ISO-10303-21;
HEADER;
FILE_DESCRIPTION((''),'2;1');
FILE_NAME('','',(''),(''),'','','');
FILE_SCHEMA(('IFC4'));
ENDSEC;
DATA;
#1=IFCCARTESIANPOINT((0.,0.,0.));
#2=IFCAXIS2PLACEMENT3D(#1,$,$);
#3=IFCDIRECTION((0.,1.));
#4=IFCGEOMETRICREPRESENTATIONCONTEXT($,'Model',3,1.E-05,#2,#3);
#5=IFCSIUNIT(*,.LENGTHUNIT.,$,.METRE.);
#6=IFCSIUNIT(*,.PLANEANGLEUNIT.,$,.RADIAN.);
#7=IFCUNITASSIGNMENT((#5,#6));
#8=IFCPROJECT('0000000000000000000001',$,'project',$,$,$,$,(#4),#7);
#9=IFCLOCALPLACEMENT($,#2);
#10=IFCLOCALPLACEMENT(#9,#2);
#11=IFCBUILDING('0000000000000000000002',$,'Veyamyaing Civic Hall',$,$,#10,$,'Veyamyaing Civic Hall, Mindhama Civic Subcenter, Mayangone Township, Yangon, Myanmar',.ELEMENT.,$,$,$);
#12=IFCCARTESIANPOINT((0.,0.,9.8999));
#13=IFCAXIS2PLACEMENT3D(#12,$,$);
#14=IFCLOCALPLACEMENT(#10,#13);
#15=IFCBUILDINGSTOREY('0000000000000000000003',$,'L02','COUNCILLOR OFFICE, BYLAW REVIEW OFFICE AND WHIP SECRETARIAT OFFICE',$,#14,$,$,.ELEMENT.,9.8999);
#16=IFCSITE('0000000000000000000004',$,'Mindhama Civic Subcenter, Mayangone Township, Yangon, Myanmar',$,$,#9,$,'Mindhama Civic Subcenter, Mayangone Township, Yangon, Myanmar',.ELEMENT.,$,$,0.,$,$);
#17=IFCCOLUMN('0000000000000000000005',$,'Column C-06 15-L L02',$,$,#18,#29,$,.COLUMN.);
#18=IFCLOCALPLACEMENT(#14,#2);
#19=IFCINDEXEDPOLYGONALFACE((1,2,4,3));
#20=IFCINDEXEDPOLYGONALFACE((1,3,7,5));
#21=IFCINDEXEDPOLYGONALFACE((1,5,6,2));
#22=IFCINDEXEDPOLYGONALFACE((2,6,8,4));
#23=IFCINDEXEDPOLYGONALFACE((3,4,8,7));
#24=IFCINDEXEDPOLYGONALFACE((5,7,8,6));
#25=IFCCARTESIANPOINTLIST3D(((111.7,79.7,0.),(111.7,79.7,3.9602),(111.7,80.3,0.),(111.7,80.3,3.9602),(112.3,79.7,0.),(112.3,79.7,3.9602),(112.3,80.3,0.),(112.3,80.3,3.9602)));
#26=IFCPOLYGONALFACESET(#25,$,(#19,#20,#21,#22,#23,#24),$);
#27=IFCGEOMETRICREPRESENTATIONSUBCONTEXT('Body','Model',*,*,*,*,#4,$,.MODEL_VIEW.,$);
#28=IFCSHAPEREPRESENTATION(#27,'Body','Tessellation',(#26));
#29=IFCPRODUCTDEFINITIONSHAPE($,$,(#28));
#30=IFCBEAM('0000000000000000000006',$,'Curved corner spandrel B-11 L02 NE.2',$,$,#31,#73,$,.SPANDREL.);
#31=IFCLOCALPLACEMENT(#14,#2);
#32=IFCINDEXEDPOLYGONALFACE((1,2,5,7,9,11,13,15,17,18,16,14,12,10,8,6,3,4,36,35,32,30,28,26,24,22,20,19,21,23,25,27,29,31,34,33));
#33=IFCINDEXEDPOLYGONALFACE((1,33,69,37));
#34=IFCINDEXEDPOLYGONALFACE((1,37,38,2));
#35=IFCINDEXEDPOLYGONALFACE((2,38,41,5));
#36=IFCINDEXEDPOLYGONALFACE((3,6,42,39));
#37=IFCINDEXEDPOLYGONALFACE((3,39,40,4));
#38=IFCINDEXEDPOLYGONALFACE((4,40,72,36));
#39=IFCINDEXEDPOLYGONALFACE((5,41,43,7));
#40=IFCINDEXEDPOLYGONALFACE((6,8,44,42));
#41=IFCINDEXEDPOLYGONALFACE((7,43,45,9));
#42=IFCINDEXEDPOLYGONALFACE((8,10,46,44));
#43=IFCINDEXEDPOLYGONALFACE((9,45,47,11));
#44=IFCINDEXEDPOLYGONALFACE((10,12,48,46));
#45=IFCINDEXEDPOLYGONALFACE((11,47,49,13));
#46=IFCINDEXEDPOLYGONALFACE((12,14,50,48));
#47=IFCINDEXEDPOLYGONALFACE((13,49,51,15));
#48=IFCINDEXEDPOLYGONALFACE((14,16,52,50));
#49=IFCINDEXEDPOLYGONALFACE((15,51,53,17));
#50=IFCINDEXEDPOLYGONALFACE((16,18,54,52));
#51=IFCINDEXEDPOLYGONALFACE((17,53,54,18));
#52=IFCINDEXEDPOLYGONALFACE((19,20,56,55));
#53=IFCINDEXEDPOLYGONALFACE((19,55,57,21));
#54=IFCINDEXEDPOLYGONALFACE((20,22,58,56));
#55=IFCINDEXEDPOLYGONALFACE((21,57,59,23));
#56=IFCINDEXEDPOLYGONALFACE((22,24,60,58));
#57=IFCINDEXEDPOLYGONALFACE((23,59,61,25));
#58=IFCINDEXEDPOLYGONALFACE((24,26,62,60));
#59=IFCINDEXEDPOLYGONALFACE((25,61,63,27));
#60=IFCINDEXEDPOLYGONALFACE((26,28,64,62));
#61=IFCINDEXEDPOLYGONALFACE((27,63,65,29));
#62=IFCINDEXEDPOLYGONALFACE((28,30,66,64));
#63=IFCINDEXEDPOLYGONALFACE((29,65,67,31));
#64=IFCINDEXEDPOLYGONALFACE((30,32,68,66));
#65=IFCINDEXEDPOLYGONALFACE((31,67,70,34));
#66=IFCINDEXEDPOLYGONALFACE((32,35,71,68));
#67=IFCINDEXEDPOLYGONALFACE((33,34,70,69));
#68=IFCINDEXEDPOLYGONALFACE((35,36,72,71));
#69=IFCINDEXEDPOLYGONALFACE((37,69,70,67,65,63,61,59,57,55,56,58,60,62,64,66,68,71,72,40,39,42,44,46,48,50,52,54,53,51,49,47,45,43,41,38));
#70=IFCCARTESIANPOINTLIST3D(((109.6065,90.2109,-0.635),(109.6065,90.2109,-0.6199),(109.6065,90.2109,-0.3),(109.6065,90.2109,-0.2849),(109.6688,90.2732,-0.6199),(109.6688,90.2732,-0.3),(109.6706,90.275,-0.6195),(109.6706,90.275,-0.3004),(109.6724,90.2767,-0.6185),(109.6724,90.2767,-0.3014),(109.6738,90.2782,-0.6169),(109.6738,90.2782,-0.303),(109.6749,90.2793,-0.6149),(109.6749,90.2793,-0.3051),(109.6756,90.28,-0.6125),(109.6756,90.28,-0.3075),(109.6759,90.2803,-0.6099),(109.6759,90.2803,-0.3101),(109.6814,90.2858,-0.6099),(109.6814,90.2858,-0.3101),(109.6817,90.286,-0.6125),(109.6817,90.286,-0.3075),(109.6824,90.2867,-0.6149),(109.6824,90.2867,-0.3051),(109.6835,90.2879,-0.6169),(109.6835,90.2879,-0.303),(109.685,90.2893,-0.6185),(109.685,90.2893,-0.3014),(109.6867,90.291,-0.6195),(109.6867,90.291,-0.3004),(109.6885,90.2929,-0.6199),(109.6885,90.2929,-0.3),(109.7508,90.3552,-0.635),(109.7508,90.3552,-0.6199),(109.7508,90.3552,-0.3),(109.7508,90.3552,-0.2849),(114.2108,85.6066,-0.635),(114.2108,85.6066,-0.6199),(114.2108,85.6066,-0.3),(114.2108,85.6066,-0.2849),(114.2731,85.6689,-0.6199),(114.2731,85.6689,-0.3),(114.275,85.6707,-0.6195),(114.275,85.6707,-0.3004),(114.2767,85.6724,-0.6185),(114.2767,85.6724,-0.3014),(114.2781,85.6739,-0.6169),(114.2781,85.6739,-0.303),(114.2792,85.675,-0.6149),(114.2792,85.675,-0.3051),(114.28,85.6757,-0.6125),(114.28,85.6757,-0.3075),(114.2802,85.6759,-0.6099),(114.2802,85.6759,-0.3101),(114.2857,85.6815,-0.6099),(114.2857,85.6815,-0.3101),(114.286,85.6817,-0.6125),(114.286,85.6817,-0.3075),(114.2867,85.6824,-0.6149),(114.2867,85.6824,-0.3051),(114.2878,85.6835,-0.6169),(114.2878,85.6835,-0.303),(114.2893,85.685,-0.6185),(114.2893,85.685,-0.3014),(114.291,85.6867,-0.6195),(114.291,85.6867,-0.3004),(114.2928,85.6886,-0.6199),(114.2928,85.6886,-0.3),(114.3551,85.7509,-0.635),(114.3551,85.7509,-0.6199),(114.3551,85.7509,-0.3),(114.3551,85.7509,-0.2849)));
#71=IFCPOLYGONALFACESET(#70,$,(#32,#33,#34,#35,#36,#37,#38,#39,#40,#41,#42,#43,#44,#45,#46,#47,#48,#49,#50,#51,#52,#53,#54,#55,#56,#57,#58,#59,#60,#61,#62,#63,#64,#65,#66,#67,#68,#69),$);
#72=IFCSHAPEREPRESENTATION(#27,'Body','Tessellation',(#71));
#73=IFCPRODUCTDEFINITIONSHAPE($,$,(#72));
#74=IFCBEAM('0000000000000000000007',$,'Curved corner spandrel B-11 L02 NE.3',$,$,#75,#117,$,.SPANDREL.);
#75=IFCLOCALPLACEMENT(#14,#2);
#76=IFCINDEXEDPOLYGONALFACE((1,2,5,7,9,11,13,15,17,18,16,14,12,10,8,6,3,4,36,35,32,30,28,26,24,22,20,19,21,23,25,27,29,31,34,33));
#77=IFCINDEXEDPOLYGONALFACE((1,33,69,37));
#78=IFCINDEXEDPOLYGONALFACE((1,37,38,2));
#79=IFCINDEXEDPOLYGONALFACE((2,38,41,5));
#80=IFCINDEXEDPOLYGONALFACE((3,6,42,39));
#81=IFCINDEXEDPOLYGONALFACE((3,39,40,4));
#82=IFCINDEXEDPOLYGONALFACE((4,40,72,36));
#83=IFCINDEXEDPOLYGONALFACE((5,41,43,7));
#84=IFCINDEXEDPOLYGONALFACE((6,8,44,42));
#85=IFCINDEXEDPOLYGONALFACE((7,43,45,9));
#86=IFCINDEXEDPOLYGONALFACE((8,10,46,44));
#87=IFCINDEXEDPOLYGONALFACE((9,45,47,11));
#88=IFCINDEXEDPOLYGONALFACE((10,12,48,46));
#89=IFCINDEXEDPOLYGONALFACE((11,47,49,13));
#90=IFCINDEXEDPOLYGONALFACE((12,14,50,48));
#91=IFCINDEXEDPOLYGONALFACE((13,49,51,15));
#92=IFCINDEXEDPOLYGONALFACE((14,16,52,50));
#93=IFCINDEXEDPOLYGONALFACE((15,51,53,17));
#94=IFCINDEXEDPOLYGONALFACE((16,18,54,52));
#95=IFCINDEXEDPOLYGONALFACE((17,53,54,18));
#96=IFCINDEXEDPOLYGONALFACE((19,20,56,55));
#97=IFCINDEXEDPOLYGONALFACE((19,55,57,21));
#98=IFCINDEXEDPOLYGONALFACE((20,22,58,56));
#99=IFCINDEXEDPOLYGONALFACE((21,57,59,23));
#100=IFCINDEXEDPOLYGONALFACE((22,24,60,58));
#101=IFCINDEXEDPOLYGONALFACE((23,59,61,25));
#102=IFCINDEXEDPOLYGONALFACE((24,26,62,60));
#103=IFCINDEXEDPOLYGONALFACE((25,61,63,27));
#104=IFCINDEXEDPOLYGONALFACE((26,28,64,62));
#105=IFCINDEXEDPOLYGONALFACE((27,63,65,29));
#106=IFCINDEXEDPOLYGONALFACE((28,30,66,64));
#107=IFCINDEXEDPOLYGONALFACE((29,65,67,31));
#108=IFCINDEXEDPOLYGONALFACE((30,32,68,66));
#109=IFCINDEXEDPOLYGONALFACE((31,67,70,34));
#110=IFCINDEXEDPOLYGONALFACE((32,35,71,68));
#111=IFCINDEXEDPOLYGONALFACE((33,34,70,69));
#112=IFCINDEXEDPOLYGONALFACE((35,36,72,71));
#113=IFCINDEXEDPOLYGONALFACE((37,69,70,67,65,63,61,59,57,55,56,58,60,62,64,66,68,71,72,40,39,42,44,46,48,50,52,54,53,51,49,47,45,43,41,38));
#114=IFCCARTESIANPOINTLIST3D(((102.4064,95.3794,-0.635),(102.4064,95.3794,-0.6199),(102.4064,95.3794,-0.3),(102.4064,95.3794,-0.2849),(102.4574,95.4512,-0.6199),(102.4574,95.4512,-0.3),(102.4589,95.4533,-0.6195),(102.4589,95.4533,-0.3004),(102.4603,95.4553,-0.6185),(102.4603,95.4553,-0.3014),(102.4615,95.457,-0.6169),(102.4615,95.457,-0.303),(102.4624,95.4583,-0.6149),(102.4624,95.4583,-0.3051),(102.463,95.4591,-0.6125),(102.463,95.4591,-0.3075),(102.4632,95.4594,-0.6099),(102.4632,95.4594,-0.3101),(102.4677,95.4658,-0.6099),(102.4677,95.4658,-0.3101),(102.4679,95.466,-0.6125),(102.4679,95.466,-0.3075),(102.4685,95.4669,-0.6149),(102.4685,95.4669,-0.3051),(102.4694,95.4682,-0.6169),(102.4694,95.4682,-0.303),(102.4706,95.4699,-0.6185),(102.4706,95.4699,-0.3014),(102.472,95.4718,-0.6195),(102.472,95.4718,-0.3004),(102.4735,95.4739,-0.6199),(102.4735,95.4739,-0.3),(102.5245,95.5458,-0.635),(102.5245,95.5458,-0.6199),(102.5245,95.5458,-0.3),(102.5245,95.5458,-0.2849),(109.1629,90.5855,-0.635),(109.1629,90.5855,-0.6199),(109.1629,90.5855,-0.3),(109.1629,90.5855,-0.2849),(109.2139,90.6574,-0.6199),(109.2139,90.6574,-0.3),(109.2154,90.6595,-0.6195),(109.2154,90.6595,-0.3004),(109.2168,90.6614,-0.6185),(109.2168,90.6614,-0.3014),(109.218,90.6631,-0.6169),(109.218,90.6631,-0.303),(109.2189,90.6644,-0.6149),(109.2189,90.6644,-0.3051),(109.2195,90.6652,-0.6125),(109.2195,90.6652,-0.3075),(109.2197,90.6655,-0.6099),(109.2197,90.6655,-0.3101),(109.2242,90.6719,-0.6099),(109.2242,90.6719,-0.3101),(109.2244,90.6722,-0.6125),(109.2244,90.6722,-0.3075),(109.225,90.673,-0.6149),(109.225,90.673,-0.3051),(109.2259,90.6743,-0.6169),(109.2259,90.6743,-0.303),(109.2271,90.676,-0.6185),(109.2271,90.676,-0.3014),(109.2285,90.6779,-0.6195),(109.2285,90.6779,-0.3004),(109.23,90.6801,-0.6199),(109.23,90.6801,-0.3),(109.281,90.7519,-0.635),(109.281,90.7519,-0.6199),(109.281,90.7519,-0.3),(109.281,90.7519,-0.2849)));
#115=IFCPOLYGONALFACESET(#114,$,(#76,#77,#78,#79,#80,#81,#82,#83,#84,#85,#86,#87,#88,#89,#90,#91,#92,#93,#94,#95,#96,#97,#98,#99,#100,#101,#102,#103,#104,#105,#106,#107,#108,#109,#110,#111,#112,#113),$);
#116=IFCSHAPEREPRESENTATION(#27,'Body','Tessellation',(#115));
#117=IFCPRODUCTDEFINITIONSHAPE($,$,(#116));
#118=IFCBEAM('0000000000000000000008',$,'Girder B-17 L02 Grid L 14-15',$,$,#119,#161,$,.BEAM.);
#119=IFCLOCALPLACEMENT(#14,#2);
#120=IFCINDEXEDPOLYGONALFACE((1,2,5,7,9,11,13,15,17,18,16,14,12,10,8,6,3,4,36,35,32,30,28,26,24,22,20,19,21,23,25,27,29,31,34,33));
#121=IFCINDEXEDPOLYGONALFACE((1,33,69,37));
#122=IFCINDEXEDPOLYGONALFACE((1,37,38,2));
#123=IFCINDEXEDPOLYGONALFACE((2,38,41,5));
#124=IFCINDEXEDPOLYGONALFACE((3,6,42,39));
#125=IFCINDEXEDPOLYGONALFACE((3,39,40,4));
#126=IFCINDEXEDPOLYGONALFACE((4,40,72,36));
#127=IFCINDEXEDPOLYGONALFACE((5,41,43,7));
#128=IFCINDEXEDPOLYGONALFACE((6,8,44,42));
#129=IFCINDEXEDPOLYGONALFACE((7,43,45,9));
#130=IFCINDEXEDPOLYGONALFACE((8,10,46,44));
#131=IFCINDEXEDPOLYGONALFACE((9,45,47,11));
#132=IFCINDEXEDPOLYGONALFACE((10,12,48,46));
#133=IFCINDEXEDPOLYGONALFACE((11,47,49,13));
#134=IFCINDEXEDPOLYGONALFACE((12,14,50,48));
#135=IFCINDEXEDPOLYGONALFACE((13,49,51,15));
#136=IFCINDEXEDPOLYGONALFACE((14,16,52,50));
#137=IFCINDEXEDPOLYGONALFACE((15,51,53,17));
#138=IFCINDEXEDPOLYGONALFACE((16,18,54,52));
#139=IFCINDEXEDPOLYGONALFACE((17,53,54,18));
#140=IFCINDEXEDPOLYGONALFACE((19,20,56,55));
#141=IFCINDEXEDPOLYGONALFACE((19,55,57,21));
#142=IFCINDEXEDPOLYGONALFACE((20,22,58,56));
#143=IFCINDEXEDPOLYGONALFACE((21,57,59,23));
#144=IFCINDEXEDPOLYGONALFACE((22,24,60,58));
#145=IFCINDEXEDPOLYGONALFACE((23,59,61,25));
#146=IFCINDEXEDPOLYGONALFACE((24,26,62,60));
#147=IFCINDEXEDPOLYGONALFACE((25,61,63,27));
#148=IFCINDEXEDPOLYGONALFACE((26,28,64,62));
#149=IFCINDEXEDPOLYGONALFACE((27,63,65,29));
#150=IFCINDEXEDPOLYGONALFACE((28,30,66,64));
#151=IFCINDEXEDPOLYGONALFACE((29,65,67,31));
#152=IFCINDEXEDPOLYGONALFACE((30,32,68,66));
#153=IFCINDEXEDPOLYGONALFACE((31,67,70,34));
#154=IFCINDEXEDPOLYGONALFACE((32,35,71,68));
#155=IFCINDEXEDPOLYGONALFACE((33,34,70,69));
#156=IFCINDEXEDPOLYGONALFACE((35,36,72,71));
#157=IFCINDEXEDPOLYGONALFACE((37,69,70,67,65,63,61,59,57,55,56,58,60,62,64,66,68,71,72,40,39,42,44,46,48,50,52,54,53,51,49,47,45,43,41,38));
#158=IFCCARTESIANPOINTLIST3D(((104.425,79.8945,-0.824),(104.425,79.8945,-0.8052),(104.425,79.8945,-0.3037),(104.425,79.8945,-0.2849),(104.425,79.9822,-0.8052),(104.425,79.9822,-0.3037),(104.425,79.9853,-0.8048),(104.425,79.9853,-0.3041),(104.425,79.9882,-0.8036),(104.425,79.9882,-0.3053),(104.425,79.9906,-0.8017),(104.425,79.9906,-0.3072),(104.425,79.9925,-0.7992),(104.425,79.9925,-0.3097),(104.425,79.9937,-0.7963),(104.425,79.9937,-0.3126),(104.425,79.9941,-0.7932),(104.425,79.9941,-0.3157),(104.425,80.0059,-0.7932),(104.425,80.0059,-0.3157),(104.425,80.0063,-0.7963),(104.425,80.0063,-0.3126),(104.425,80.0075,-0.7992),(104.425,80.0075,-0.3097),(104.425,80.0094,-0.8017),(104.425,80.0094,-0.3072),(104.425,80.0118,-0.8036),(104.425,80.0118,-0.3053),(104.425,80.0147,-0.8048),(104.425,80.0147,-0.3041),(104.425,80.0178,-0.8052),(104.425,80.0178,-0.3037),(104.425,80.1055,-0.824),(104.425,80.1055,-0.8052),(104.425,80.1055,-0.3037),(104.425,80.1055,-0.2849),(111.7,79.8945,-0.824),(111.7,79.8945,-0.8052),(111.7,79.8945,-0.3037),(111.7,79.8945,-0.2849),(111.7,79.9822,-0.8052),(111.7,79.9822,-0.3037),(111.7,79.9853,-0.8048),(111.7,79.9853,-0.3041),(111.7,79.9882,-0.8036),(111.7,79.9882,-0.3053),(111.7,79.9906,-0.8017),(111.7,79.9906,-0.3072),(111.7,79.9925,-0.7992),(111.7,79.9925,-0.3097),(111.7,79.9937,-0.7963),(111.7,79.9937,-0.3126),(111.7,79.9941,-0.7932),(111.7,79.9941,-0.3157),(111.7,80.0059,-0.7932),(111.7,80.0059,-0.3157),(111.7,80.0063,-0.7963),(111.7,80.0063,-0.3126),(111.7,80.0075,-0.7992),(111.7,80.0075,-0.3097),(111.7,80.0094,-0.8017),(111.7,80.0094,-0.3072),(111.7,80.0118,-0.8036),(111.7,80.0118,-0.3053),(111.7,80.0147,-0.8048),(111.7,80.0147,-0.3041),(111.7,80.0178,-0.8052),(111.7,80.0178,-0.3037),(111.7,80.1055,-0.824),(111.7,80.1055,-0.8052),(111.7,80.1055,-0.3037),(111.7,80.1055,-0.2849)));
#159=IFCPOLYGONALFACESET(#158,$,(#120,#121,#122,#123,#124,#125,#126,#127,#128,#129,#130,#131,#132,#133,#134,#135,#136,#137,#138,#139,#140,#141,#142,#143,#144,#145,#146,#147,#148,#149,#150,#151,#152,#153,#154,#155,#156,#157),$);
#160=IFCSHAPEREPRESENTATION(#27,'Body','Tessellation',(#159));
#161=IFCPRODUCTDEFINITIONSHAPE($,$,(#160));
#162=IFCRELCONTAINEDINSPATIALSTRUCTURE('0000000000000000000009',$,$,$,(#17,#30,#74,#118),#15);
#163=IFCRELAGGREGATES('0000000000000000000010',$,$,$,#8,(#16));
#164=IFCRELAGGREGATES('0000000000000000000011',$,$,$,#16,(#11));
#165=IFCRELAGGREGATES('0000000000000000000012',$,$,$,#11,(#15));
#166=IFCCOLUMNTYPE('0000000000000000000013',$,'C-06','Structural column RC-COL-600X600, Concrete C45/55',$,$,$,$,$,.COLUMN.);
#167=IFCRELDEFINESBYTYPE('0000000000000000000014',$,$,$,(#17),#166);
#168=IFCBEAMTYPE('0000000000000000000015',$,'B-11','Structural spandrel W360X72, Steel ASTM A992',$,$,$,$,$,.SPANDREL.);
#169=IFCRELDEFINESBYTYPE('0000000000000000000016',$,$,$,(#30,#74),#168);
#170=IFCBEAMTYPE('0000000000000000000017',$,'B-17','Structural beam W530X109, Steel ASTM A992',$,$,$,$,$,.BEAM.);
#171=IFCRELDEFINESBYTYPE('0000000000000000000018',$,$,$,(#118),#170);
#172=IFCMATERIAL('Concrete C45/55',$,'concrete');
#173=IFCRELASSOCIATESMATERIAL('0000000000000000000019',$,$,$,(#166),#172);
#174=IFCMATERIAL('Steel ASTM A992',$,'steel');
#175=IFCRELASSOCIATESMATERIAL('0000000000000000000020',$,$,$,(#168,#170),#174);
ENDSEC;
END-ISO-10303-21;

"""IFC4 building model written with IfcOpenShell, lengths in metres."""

from ifc_helpers import new_model, si_unit, direction, frame, origin, origin_2d, place, context, subcontext, project, spatial, rectangle, i_section, extrude, material, material_profile, profile_set, type_object, element, save


model = new_model("IFC4")

# Units and contexts
model_context = context("Model", 3, precision=1e-05, world=origin(), true_north=direction((0.0, 1.0)))
body_context = subcontext(model_context, "Body", "Model", "MODEL_VIEW")
ifc_project = project(units=[si_unit("LENGTHUNIT", "METRE"), si_unit("PLANEANGLEUNIT", "RADIAN")], contexts=[model_context])

# Site, building, storey
site_placement = place(None, origin())
site = spatial("IfcSite", under=ifc_project, at=site_placement, Name="Mindhama Civic Subcenter, Mayangone Township, Yangon, Myanmar", LongName="Mindhama Civic Subcenter, Mayangone Township, Yangon, Myanmar", CompositionType="ELEMENT", RefElevation=0.0)
building_placement = place(site_placement, origin())
building = spatial("IfcBuilding", under=site, at=building_placement, Name="Veyamyaing Civic Hall", LongName="Veyamyaing Civic Hall, Mindhama Civic Subcenter, Mayangone Township, Yangon, Myanmar", CompositionType="ELEMENT")
storey_placement = place(building_placement, frame((0.0, 0.0, 9.8999)))
storey = spatial("IfcBuildingStorey", under=building, at=storey_placement, Name="L02", Description="COUNCILLOR OFFICE, BYLAW REVIEW OFFICE AND WHIP SECRETARIAT OFFICE", CompositionType="ELEMENT", Elevation=9.8999)

# Column
ifc_material_1 = material(Name="Concrete C45/55", Category="concrete")
ifc_material_profile_1 = material_profile(ifc_material_1, rectangle(XDim=0.6001, YDim=0.6001, at=origin_2d()), Name="RC-COL-600X600")
ifc_profile_set_1 = profile_set([ifc_material_profile_1], Name="Concrete C45/55")
column_type = type_object("IfcColumnType", Name="C-06", Description="Structural column RC-COL-600X600, Concrete C45/55", PredefinedType="COLUMN", material=ifc_profile_set_1)
column_placement = place(storey_placement, frame((112.0, 80.0, 0.0), z_axis=(0.0, 0.0, 1.0), x_axis=(1.0, 0.0, 0.0)))
element("IfcColumn", 1, at=column_placement, inside=storey, type_object=column_type, Name="Column C-06 15-L L02", PredefinedType="COLUMN", context=body_context, shape_type="SweptSolid", body=[
    extrude(rectangle(XDim=0.6001, YDim=0.6001, at=origin_2d()), origin(), (0.0, 0.0, 1.0), 3.9602),
])

# Beams
ifc_material_2 = material(Name="Steel ASTM A992", Category="steel")
ifc_material_profile_2 = material_profile(ifc_material_2, i_section(OverallWidth=0.2041, OverallDepth=0.3501, WebThickness=0.0078, FlangeThickness=0.0151, FilletRadius=0.01, at=origin_2d()), Name="W360X72")
ifc_profile_set_2 = profile_set([ifc_material_profile_2], Name="Steel ASTM A992")
beam_type_1 = type_object("IfcBeamType", Name="B-11", Description="Structural spandrel W360X72, Steel ASTM A992", PredefinedType="SPANDREL", material=ifc_profile_set_2)
beam_1_placement = place(storey_placement, frame((114.283, 85.6787, -0.46), z_axis=(-0.707107, 0.707107, 0.0), x_axis=(-0.707107, -0.707107, 0.0)))
element("IfcBeam", 2, at=beam_1_placement, inside=storey, type_object=beam_type_1, Name="Curved corner spandrel B-11 L02 NE.2", PredefinedType="SPANDREL", context=body_context, shape_type="SweptSolid", body=[
    extrude(i_section(OverallWidth=0.2041, OverallDepth=0.3501, WebThickness=0.0078, FlangeThickness=0.0151, FilletRadius=0.01, at=origin_2d()), origin(), (0.0, 0.0, 1.0), 6.5115),
])
beam_2_placement = place(storey_placement, frame((109.2219, 90.6687, -0.46), z_axis=(-0.815567, 0.578662, 0.0), x_axis=(-0.578662, -0.815567, 0.0)))
element("IfcBeam", 3, at=beam_2_placement, inside=storey, type_object=beam_type_1, Name="Curved corner spandrel B-11 L02 NE.3", PredefinedType="SPANDREL", context=body_context, shape_type="SweptSolid", body=[
    extrude(i_section(OverallWidth=0.2041, OverallDepth=0.3501, WebThickness=0.0078, FlangeThickness=0.0151, FilletRadius=0.01, at=origin_2d()), origin(), (0.0, 0.0, 1.0), 8.2844),
])
ifc_material_profile_3 = material_profile(ifc_material_2, i_section(OverallWidth=0.2109, OverallDepth=0.5391, WebThickness=0.0117, FlangeThickness=0.0188, FilletRadius=0.012, at=origin_2d()), Name="W530X109")
ifc_profile_set_3 = profile_set([ifc_material_profile_3], Name="Steel ASTM A992")
beam_type_2 = type_object("IfcBeamType", Name="B-17", Description="Structural beam W530X109, Steel ASTM A992", PredefinedType="BEAM", material=ifc_profile_set_3)
beam_3_placement = place(storey_placement, frame((104.425, 80.0, -0.5544), z_axis=(1.0, 0.0, 0.0), x_axis=(0.0, 1.0, 0.0)))
element("IfcBeam", 4, at=beam_3_placement, inside=storey, type_object=beam_type_2, Name="Girder B-17 L02 Grid L 14-15", PredefinedType="BEAM", context=body_context, shape_type="SweptSolid", body=[
    extrude(i_section(OverallWidth=0.2109, OverallDepth=0.5391, WebThickness=0.0117, FlangeThickness=0.0188, FilletRadius=0.012, at=origin_2d()), origin(), (0.0, 0.0, 1.0), 7.2749),
])

save(model, "model.ifc")
